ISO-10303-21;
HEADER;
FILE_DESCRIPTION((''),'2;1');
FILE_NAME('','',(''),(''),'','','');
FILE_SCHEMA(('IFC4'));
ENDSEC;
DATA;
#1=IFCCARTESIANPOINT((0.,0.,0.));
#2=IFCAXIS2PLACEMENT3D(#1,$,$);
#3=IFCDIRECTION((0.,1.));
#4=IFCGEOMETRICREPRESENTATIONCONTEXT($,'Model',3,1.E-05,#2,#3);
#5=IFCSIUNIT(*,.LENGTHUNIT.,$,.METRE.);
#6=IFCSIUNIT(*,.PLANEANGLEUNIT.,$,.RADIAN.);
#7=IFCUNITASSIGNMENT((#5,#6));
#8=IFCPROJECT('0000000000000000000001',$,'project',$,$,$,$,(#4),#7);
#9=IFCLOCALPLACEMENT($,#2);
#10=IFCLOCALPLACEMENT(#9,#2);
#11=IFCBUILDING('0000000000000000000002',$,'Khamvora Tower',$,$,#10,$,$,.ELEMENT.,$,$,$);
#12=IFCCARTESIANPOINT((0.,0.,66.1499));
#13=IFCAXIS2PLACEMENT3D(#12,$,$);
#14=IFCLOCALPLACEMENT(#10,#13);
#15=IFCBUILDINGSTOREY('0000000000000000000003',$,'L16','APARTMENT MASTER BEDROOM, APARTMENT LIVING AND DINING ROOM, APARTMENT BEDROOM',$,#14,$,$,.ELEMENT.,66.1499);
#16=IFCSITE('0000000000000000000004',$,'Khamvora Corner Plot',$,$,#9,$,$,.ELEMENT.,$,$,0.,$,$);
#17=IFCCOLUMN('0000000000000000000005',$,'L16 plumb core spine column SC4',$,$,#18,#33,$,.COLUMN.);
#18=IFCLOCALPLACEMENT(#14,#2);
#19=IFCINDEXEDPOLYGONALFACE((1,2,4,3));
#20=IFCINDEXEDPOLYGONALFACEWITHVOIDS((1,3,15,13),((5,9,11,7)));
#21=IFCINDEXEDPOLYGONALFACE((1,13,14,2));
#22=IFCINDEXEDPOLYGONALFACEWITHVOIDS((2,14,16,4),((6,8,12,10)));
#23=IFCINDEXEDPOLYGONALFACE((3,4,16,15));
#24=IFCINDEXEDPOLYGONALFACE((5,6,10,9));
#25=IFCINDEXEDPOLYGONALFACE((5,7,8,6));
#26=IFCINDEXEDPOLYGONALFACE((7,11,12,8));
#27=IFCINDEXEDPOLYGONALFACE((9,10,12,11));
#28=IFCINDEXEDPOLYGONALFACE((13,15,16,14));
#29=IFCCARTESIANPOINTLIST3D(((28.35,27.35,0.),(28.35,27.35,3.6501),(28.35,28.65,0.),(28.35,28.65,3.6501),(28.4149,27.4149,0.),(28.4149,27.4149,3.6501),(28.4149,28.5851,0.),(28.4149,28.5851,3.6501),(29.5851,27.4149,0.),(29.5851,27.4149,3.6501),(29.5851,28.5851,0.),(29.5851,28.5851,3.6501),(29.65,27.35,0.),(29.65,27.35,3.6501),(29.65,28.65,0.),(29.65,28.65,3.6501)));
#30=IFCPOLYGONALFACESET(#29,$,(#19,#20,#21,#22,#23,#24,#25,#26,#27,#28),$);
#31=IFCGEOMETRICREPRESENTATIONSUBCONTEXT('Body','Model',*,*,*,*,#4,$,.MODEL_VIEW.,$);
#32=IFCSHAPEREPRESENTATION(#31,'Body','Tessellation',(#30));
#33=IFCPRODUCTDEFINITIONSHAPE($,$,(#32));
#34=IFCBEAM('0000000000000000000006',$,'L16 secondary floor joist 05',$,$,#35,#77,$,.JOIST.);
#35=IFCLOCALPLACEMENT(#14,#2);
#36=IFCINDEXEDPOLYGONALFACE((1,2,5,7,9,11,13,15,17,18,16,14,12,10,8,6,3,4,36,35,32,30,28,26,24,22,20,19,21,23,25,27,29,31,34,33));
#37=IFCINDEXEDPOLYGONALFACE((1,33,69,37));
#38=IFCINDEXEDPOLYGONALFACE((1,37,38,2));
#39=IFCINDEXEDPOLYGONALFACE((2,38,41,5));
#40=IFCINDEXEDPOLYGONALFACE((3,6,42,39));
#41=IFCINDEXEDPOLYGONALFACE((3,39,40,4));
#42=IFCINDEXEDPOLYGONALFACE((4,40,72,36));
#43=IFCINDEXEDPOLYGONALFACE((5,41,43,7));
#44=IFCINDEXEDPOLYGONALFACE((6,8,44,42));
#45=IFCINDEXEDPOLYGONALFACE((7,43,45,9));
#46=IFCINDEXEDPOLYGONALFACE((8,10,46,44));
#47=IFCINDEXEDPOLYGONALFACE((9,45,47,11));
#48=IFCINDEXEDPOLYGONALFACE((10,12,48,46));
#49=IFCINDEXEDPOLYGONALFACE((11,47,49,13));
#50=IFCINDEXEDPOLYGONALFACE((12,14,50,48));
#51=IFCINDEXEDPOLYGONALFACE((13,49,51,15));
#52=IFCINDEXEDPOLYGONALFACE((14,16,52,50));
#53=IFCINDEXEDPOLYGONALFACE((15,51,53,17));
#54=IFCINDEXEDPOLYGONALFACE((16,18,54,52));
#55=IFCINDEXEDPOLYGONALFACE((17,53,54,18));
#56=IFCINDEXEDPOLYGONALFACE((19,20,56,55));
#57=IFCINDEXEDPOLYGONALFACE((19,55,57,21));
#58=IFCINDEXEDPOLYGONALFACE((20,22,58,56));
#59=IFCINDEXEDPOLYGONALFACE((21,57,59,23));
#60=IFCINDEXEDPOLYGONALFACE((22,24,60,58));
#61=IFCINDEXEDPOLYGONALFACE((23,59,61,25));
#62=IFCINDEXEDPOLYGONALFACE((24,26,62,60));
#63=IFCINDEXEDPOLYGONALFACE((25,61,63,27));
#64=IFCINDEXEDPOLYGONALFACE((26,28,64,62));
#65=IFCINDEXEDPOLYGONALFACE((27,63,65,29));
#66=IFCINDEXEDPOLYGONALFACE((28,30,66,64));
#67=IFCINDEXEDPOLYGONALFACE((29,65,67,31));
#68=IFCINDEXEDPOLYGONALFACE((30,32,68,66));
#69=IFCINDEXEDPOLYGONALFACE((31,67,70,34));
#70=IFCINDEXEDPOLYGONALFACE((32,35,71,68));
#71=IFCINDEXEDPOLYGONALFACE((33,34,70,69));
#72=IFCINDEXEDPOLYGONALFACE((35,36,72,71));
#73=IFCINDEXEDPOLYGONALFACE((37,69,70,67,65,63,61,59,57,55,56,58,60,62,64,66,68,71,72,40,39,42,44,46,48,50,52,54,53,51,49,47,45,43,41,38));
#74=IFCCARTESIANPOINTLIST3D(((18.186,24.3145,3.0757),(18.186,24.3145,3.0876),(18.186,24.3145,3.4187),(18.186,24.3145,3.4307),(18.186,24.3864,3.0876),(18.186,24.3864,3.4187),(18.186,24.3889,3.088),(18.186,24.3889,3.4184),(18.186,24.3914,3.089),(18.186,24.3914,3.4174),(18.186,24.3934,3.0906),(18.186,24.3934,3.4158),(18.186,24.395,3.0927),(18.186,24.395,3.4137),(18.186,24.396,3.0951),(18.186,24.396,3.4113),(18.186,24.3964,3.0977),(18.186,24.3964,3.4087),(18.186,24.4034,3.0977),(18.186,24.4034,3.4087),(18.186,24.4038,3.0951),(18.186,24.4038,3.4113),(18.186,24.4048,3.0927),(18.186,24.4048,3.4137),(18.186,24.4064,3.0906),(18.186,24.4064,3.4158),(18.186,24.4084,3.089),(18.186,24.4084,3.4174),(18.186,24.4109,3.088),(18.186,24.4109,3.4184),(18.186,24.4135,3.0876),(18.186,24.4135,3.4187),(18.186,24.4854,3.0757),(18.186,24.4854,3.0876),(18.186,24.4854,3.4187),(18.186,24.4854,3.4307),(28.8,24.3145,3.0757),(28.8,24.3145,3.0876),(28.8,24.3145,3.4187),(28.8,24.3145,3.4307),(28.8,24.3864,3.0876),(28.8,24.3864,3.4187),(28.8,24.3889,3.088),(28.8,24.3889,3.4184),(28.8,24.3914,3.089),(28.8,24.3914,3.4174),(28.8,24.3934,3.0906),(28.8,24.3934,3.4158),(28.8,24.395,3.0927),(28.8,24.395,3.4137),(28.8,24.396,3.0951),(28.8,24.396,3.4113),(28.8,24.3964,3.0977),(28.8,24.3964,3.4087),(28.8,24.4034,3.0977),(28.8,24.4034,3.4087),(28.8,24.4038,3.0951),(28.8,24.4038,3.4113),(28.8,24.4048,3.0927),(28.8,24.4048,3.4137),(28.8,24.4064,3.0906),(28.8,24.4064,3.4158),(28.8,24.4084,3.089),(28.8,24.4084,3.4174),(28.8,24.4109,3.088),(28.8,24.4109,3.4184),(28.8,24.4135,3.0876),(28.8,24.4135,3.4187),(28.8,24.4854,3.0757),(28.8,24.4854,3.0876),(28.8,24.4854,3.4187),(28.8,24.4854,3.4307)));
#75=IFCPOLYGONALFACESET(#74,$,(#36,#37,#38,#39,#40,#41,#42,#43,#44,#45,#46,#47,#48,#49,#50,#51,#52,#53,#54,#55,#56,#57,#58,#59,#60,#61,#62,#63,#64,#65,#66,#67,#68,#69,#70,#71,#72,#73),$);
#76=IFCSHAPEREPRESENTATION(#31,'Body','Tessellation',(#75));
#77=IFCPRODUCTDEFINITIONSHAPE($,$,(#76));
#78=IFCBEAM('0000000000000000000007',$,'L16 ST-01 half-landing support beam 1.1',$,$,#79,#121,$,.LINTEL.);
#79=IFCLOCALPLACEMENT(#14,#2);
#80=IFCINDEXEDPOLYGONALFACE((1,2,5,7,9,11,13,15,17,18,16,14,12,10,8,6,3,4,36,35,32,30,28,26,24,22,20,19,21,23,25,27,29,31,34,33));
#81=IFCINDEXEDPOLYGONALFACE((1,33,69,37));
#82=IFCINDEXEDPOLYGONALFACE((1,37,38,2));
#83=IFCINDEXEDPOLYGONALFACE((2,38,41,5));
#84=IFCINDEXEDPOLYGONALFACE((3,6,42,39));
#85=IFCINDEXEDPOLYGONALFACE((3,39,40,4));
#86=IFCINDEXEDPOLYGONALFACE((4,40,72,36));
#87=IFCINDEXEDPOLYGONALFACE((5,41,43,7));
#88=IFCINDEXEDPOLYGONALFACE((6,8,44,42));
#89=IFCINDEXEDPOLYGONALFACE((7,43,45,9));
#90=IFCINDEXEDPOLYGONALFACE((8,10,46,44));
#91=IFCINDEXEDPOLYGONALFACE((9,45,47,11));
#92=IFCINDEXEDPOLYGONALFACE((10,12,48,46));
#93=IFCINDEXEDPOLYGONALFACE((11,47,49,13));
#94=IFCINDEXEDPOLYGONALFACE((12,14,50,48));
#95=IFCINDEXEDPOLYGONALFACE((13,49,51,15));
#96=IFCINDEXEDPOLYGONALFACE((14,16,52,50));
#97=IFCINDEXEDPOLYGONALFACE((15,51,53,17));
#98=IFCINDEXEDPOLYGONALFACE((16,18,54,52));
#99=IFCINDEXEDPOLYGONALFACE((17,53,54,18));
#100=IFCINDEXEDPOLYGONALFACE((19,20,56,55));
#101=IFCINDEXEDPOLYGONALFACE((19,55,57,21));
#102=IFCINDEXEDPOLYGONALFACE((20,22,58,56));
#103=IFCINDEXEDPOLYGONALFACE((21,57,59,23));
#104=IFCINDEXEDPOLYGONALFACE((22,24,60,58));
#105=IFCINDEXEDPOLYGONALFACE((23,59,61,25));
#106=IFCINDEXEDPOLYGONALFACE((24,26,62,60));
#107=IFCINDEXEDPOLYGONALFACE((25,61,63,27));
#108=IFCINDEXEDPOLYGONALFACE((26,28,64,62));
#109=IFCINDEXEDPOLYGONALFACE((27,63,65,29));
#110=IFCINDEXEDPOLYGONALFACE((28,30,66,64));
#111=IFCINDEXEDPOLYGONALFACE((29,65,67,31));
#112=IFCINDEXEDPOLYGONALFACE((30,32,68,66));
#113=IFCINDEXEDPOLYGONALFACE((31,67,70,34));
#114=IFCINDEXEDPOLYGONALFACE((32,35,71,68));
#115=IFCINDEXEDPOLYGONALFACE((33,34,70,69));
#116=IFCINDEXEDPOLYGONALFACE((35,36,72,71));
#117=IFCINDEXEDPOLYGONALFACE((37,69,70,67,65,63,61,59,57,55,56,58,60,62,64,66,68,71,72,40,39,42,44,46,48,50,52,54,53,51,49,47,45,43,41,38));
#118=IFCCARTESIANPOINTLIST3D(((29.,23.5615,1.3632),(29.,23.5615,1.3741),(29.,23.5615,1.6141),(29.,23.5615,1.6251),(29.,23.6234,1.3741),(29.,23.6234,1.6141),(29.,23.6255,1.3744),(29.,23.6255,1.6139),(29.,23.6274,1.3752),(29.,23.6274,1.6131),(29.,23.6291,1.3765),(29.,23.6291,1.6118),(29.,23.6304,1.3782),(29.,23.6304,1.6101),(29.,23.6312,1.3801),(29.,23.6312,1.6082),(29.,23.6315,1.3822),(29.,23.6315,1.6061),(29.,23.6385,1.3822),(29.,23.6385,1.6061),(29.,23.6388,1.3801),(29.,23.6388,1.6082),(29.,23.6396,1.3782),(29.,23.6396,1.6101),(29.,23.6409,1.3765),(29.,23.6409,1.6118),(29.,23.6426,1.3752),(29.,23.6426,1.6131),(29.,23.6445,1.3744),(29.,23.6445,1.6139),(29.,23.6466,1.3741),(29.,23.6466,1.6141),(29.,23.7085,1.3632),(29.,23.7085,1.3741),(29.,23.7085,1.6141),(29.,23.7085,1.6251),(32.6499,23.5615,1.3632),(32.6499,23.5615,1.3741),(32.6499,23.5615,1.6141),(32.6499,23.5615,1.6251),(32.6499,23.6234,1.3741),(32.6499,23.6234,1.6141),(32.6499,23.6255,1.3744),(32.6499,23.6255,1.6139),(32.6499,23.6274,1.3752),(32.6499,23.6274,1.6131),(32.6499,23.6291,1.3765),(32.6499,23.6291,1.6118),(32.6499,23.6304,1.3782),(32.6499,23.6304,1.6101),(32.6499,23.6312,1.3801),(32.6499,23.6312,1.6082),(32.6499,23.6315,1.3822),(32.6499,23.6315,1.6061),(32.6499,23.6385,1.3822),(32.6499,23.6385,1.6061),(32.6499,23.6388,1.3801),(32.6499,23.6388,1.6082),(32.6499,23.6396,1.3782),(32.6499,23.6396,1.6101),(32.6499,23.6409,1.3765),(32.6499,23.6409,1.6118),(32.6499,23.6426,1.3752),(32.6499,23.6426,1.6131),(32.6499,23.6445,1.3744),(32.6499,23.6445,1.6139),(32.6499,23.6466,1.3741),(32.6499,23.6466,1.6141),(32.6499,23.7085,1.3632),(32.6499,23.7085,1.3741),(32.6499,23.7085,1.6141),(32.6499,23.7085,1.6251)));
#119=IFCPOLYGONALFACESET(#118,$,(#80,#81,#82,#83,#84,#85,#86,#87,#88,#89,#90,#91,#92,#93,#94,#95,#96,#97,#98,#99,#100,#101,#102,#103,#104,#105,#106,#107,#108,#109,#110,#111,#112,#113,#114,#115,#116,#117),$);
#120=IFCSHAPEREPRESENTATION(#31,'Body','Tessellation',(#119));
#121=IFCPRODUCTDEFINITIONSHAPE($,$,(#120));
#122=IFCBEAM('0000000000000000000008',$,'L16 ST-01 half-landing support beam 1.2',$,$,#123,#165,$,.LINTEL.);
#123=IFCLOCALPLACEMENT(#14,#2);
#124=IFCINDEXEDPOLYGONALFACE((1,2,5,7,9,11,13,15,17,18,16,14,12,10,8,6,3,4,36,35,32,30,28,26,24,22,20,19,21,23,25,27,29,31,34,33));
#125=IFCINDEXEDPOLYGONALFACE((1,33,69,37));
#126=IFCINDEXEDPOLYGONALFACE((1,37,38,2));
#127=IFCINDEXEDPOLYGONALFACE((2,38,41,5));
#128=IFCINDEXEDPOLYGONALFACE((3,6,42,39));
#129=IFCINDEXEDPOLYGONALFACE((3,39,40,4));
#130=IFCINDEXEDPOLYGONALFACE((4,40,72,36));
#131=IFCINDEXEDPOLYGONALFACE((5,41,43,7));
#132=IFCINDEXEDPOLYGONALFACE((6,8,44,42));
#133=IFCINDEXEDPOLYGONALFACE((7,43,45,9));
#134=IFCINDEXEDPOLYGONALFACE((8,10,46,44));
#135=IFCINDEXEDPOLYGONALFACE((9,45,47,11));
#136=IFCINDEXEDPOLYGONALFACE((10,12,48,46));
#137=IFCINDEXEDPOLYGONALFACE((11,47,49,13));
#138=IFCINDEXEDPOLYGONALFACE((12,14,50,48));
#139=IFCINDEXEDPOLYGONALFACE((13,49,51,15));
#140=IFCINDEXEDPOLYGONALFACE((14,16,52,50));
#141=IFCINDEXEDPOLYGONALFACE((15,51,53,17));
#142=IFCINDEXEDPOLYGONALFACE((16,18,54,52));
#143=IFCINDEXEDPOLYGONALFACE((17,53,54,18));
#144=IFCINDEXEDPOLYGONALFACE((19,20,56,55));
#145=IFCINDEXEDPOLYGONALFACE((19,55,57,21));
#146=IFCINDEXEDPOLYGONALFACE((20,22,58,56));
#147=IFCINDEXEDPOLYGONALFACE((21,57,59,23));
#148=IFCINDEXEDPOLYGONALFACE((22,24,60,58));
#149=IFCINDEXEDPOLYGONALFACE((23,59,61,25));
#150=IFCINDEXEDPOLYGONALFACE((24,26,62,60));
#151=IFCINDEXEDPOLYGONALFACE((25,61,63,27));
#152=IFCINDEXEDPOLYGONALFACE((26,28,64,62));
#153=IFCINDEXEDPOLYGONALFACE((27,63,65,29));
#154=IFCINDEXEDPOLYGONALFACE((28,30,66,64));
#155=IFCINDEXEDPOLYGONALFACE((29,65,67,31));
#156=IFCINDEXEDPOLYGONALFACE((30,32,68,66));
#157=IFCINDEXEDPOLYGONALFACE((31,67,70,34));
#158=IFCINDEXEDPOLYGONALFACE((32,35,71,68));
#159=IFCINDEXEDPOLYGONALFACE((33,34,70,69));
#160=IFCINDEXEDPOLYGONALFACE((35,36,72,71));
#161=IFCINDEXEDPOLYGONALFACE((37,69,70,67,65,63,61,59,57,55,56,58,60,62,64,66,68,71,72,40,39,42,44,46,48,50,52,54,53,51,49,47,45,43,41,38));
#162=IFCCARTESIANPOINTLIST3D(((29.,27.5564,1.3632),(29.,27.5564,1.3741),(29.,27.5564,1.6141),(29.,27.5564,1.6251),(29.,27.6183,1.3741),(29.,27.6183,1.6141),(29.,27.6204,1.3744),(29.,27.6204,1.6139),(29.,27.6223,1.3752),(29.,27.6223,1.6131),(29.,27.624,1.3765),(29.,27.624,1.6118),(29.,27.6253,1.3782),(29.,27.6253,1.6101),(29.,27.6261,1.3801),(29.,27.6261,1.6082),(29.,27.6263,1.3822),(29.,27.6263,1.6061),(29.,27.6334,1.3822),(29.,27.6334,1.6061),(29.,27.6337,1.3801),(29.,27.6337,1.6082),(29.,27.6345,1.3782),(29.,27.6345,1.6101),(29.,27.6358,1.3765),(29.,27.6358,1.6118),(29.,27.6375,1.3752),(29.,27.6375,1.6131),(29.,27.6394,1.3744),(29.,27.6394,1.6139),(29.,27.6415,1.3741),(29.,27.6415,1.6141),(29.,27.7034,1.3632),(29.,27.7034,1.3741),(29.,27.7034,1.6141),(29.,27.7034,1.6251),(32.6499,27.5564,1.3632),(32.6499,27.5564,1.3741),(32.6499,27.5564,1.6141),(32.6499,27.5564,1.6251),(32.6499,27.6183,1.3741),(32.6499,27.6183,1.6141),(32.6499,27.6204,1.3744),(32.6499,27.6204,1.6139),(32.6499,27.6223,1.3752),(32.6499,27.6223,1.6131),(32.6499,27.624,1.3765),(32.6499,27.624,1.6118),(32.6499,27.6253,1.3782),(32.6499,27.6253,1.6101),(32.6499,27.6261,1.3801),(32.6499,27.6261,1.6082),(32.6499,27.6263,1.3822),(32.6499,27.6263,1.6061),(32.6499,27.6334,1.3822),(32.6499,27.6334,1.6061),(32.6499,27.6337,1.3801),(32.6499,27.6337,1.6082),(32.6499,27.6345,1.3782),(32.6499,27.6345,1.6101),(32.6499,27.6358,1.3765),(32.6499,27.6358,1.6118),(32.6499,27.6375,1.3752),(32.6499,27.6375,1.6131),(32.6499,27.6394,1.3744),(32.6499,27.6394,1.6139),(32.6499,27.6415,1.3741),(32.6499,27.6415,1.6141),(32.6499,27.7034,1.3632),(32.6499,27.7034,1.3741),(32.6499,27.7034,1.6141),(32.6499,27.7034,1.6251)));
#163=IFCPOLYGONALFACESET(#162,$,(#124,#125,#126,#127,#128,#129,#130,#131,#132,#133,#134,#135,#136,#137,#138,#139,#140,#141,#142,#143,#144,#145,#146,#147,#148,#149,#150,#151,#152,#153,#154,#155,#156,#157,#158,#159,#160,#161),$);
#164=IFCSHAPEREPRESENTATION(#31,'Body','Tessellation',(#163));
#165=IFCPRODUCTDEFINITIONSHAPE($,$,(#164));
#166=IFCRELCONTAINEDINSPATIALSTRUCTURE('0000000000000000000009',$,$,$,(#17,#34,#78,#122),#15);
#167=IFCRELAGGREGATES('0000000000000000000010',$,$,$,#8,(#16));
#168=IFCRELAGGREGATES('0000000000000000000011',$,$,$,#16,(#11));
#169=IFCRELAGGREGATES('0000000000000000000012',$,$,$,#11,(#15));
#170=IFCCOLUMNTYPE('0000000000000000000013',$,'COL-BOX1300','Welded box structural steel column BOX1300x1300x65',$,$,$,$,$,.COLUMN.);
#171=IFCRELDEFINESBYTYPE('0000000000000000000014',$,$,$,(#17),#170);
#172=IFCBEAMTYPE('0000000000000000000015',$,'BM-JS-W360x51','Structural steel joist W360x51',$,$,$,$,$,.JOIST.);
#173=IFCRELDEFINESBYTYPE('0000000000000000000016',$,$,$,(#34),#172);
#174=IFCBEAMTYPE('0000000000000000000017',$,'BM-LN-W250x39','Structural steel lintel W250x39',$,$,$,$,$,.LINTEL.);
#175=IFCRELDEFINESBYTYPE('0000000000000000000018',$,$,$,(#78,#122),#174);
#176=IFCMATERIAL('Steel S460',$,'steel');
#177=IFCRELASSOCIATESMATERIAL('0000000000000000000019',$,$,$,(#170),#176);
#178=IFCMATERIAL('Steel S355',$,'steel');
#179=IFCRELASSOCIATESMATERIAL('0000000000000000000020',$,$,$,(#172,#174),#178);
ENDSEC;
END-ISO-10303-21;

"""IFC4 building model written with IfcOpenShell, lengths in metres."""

from ifc_helpers import new_model, si_unit, direction, frame, origin, origin_2d, place, context, subcontext, project, spatial, hollow_rectangle, i_section, extrude, material, material_profile, profile_set, type_object, element, save


model = new_model("IFC4")

# Units and contexts
model_context = context("Model", 3, precision=1e-05, world=origin(), true_north=direction((0.0, 1.0)))
body_context = subcontext(model_context, "Body", "Model", "MODEL_VIEW")
ifc_project = project(units=[si_unit("LENGTHUNIT", "METRE"), si_unit("PLANEANGLEUNIT", "RADIAN")], contexts=[model_context])

# Site, building, storey
site_placement = place(None, origin())
site = spatial("IfcSite", under=ifc_project, at=site_placement, Name="Khamvora Corner Plot", CompositionType="ELEMENT", RefElevation=0.0)
building_placement = place(site_placement, origin())
building = spatial("IfcBuilding", under=site, at=building_placement, Name="Khamvora Tower", CompositionType="ELEMENT")
storey_placement = place(building_placement, frame((0.0, 0.0, 66.1499)))
storey = spatial("IfcBuildingStorey", under=building, at=storey_placement, Name="L16", Description="APARTMENT MASTER BEDROOM, APARTMENT LIVING AND DINING ROOM, APARTMENT BEDROOM", CompositionType="ELEMENT", Elevation=66.1499)

# Column
ifc_material_1 = material(Name="Steel S460", Category="steel")
ifc_material_profile_1 = material_profile(ifc_material_1, hollow_rectangle(XDim=1.3, YDim=1.3, WallThickness=0.0649, at=origin_2d()), Name="BOX1300x1300x65")
ifc_profile_set_1 = profile_set([ifc_material_profile_1], Name="Steel S460")
column_type = type_object("IfcColumnType", Name="COL-BOX1300", Description="Welded box structural steel column BOX1300x1300x65", PredefinedType="COLUMN", material=ifc_profile_set_1)
column_placement = place(storey_placement, frame((29.0, 28.0, 0.0), z_axis=(0.0, 0.0, 1.0), x_axis=(1.0, 0.0, 0.0)))
element("IfcColumn", 1, at=column_placement, inside=storey, type_object=column_type, Name="L16 plumb core spine column SC4", PredefinedType="COLUMN", context=body_context, shape_type="SweptSolid", body=[
    extrude(hollow_rectangle(XDim=1.3, YDim=1.3, WallThickness=0.0649, at=origin_2d()), origin(), (0.0, 0.0, 1.0), 3.6501),
])

# Beams
ifc_material_2 = material(Name="Steel S355", Category="steel")
ifc_material_profile_2 = material_profile(ifc_material_2, i_section(OverallWidth=0.1709, OverallDepth=0.355, WebThickness=0.0071, FlangeThickness=0.012, FilletRadius=0.01, at=origin_2d()), Name="W360x51")
ifc_profile_set_2 = profile_set([ifc_material_profile_2], Name="Steel S355")
beam_type_1 = type_object("IfcBeamType", Name="BM-JS-W360x51", Description="Structural steel joist W360x51", PredefinedType="JOIST", material=ifc_profile_set_2)
beam_1_placement = place(storey_placement, frame((18.186, 24.3999, 3.2532), z_axis=(1.0, 0.0, 0.0), x_axis=(0.0, 1.0, 0.0)))
element("IfcBeam", 2, at=beam_1_placement, inside=storey, type_object=beam_type_1, Name="L16 secondary floor joist 05", PredefinedType="JOIST", context=body_context, shape_type="SweptSolid", body=[
    extrude(i_section(OverallWidth=0.1709, OverallDepth=0.355, WebThickness=0.0071, FlangeThickness=0.012, FilletRadius=0.01, at=origin_2d()), origin(), (0.0, 0.0, 1.0), 10.614),
])
ifc_material_profile_3 = material_profile(ifc_material_2, i_section(OverallWidth=0.147, OverallDepth=0.262, WebThickness=0.0071, FlangeThickness=0.011, FilletRadius=0.0081, at=origin_2d()), Name="W250x39")
ifc_profile_set_3 = profile_set([ifc_material_profile_3], Name="Steel S355")
beam_type_2 = type_object("IfcBeamType", Name="BM-LN-W250x39", Description="Structural steel lintel W250x39", PredefinedType="LINTEL", material=ifc_profile_set_3)
for number, where, z_axis, x_axis, name in (
    (3, (29.0, 23.635, 1.4941), (1.0, 0.0, 0.0), (0.0, 1.0, 0.0), "L16 ST-01 half-landing support beam 1.1"),
    (4, (29.0, 27.6299, 1.4941), (1.0, 0.0, 0.0), (0.0, 1.0, 0.0), "L16 ST-01 half-landing support beam 1.2"),
):
    element("IfcBeam", number, at=place(storey_placement, frame(where, z_axis=z_axis, x_axis=x_axis)), inside=storey, type_object=beam_type_2, Name=name, PredefinedType="LINTEL", context=body_context, shape_type="SweptSolid", body=[
        extrude(i_section(OverallWidth=0.147, OverallDepth=0.262, WebThickness=0.0071, FlangeThickness=0.011, FilletRadius=0.0081, at=origin_2d()), origin(), (0.0, 0.0, 1.0), 3.6499),
    ])

save(model, "model.ifc")
